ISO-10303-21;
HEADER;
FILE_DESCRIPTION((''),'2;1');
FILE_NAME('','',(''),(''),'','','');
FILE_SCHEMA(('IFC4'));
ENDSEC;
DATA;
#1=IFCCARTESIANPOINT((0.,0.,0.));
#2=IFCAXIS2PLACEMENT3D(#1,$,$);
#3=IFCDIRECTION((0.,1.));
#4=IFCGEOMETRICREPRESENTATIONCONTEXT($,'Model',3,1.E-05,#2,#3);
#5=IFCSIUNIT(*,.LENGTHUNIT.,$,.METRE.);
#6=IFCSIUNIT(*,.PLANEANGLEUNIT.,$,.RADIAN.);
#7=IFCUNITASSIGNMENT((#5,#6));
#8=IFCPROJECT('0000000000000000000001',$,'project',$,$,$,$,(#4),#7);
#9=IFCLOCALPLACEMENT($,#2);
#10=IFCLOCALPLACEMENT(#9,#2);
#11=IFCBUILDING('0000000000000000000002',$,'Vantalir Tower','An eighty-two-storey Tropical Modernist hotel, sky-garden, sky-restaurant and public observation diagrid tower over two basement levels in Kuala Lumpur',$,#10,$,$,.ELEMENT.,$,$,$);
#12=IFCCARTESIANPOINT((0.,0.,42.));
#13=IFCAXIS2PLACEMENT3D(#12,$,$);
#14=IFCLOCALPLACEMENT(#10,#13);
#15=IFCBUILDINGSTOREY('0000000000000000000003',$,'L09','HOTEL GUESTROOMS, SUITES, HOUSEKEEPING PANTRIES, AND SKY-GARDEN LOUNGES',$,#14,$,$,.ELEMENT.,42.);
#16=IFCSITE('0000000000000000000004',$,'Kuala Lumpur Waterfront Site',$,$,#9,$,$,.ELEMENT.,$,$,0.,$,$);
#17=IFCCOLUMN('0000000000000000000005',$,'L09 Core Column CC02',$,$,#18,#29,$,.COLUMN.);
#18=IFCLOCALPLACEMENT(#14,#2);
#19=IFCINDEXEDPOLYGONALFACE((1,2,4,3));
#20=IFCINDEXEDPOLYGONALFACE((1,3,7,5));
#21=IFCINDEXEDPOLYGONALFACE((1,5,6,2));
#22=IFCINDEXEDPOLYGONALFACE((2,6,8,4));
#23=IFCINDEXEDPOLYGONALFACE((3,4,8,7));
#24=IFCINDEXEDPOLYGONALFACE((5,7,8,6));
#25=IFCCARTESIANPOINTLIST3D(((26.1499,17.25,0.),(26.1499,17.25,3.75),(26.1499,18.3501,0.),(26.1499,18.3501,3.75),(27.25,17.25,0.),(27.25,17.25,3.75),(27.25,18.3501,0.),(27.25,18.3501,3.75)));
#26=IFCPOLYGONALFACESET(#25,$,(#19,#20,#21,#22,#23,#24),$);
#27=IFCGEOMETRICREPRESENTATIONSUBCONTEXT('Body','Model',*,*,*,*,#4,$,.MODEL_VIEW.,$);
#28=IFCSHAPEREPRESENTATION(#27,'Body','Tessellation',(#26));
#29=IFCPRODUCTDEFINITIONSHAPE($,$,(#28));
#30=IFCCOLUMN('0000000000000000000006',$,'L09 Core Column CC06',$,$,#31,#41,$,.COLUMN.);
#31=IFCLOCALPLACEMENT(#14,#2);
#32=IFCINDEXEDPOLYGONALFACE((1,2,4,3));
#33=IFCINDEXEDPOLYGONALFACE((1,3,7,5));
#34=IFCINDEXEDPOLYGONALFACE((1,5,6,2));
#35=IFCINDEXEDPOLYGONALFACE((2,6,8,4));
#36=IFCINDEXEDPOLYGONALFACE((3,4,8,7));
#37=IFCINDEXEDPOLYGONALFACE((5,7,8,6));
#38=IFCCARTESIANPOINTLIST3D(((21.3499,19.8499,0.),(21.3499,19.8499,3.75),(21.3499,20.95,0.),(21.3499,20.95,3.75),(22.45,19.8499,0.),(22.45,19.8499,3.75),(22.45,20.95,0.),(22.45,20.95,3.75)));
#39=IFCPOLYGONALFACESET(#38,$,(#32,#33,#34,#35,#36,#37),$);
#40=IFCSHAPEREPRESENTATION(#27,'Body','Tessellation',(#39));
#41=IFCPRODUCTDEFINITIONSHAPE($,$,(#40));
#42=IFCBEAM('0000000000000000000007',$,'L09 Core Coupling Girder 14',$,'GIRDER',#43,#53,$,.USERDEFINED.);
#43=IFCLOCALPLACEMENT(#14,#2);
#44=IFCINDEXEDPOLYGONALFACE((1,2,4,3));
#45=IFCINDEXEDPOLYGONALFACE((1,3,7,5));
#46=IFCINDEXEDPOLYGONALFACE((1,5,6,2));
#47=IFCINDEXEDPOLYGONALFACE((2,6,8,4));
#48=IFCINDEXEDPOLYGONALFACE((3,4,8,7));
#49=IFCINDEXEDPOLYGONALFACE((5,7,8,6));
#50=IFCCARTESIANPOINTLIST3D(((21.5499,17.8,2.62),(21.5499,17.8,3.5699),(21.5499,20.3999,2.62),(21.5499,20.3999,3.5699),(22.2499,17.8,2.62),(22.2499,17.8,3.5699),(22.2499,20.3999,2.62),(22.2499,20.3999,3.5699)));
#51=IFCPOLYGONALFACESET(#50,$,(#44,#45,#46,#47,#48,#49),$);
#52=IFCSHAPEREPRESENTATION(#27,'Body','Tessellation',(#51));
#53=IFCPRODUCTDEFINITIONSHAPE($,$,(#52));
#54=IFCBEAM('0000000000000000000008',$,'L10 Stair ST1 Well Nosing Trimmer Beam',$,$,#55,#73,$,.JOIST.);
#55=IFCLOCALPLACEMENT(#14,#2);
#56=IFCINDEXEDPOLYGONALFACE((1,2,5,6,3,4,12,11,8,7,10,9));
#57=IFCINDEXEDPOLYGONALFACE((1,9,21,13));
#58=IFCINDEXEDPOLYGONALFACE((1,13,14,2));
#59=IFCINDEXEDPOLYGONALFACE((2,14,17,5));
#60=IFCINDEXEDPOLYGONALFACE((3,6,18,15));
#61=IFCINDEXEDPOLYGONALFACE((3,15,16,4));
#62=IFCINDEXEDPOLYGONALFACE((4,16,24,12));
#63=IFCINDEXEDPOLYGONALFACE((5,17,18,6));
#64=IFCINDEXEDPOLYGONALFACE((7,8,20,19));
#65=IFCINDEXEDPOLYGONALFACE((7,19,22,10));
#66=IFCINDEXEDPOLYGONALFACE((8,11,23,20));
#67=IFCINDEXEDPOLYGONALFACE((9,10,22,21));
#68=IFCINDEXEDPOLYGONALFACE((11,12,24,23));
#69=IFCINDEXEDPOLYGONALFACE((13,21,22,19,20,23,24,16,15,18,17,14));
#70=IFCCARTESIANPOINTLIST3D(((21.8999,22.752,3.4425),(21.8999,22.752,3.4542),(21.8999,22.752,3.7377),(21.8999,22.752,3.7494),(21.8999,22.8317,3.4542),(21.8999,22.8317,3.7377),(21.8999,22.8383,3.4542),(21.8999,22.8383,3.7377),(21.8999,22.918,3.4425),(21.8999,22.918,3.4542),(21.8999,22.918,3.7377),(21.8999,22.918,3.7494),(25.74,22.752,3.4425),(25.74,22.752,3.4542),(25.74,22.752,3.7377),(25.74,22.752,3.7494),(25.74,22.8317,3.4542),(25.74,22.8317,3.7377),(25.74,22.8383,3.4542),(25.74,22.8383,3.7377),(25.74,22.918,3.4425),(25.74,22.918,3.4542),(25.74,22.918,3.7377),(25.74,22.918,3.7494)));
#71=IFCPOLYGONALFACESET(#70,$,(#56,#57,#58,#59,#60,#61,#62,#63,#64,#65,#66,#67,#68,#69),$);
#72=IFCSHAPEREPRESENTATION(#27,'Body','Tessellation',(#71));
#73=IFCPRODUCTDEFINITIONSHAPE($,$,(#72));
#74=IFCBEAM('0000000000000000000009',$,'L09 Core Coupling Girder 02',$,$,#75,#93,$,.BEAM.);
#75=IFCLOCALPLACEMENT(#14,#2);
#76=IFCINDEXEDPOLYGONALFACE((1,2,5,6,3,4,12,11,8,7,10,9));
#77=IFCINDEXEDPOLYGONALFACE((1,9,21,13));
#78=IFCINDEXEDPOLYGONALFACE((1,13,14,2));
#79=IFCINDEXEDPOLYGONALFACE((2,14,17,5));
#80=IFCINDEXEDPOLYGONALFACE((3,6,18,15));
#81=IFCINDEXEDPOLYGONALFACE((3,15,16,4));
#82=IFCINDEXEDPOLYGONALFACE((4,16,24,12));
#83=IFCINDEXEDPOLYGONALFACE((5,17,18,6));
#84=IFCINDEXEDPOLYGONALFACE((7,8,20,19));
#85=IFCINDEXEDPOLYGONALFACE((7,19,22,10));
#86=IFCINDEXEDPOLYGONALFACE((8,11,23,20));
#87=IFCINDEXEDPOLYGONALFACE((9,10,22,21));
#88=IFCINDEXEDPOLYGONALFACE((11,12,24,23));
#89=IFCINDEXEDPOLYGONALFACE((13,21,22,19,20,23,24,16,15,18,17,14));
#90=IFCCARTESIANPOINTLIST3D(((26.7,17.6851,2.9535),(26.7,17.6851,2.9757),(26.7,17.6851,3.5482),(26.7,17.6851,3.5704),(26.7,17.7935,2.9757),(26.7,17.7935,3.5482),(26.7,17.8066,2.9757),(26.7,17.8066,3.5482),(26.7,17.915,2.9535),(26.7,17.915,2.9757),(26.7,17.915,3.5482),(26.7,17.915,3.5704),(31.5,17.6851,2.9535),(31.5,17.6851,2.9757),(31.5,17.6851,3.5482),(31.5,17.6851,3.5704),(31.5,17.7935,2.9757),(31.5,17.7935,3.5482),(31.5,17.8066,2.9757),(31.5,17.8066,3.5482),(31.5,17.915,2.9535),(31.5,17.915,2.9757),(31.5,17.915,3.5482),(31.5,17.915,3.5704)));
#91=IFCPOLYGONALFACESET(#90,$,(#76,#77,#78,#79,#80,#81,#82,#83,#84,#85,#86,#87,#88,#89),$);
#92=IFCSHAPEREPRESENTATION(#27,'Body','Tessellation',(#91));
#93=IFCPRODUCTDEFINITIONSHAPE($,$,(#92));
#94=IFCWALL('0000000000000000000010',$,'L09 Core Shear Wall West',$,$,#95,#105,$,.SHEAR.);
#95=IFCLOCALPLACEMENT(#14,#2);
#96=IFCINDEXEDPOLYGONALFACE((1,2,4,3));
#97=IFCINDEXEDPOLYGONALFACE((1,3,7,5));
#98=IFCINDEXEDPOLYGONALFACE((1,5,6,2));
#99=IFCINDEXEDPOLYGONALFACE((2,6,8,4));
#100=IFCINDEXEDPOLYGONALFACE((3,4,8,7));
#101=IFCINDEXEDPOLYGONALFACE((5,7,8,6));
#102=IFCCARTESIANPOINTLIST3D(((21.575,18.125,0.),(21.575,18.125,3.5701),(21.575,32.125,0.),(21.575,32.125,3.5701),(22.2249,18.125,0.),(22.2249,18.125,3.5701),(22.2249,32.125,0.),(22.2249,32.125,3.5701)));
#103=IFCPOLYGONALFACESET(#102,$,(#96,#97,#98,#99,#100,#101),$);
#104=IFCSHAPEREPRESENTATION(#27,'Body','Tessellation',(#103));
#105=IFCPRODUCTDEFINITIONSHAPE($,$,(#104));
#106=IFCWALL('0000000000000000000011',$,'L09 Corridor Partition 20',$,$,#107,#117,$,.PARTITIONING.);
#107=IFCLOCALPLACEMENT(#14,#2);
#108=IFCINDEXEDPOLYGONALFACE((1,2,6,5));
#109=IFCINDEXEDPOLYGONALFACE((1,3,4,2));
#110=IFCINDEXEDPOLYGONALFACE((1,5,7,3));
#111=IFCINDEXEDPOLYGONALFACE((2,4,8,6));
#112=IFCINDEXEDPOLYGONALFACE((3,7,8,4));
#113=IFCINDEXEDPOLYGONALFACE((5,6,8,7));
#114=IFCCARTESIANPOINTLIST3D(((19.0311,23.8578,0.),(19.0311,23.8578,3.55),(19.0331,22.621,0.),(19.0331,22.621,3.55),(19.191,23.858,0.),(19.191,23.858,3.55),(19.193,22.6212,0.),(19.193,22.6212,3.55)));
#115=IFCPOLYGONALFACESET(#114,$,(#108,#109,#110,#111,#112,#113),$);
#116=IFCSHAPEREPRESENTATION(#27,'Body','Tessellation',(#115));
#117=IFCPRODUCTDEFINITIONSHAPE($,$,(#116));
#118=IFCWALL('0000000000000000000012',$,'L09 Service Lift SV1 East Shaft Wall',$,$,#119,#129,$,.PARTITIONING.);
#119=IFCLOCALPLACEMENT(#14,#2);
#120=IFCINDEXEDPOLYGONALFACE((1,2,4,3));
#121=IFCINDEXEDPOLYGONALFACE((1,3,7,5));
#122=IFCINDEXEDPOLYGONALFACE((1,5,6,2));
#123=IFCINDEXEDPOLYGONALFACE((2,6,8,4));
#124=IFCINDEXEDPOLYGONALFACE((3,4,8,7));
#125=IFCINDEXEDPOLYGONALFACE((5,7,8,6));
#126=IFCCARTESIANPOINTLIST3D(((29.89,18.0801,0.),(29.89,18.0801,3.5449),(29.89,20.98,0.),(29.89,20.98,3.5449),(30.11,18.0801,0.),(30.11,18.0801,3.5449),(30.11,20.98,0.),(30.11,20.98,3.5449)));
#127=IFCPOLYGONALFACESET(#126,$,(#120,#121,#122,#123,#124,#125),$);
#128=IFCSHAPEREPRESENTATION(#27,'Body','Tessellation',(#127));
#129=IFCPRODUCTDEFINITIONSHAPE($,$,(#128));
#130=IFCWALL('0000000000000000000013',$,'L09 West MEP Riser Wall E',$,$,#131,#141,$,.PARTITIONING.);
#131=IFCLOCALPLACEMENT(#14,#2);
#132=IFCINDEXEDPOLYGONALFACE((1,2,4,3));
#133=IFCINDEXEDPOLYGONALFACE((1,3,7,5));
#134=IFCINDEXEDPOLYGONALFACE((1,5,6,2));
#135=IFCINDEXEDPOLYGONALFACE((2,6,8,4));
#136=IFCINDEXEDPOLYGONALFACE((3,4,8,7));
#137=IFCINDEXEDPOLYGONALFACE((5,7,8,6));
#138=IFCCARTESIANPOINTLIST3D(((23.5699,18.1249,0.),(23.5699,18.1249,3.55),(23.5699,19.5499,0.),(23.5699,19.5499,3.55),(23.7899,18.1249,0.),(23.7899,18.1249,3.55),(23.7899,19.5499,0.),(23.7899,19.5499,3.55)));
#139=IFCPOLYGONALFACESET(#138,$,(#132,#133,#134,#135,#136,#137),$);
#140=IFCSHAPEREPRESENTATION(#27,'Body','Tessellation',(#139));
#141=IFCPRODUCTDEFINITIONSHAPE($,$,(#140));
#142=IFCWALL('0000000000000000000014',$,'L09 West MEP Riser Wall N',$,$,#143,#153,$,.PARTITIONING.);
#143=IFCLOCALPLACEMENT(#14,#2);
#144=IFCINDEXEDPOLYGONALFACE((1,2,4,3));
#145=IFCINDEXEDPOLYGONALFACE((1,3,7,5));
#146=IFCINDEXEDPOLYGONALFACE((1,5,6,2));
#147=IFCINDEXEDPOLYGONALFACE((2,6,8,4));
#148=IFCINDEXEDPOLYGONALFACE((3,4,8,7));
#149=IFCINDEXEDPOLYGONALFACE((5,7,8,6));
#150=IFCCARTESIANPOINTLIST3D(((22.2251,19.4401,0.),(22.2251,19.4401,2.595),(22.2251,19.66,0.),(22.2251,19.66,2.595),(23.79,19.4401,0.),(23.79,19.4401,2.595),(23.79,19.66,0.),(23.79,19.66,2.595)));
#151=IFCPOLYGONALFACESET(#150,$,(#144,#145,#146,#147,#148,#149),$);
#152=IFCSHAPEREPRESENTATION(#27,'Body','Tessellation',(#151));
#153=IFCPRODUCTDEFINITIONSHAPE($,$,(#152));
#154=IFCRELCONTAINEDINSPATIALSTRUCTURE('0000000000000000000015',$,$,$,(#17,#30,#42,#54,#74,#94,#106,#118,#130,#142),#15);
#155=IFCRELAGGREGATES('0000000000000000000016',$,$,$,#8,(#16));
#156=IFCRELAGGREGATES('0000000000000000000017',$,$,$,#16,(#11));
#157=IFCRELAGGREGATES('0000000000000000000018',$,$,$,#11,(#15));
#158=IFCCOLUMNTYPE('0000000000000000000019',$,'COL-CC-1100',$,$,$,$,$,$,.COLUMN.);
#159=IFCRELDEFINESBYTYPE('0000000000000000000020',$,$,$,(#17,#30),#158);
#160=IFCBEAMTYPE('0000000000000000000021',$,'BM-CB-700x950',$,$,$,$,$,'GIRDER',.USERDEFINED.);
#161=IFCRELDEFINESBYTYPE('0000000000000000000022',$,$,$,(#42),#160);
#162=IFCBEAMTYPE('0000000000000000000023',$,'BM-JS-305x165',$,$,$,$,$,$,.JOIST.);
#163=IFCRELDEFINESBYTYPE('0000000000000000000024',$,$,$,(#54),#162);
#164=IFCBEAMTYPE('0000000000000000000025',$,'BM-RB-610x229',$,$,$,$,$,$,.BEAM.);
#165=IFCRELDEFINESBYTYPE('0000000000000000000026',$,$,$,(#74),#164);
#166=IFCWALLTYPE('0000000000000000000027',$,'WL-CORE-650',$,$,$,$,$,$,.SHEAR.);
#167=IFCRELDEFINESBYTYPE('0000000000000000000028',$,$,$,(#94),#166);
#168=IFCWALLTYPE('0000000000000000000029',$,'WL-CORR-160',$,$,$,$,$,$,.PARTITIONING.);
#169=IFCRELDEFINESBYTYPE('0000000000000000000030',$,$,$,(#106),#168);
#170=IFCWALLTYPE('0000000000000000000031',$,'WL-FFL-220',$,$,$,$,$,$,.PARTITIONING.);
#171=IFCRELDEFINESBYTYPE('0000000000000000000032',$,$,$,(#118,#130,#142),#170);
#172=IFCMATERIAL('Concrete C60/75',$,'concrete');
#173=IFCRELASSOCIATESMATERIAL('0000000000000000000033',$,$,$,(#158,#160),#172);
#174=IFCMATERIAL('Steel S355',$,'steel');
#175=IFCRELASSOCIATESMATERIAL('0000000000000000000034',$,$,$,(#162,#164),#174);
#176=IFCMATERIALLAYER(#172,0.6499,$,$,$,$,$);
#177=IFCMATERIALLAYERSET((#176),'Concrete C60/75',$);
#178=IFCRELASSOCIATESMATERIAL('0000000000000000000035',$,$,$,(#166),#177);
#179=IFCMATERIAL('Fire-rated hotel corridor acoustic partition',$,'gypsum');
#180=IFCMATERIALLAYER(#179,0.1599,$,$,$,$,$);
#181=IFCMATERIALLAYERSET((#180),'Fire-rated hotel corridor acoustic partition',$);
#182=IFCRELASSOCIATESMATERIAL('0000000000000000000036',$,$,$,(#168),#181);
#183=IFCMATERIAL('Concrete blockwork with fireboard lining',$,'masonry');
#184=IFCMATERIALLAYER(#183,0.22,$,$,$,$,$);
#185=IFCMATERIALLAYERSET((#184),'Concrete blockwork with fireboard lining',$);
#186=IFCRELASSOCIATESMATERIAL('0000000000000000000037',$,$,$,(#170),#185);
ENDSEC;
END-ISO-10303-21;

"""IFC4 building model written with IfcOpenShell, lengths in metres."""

from ifc_helpers import new_model, si_unit, direction, frame, frame_2d, origin, origin_2d, place, context, subcontext, project, spatial, rectangle, i_section, extrude, material, layer, layer_set, material_profile, profile_set, type_object, element, save


model = new_model("IFC4")

# Units and contexts
model_context = context("Model", 3, precision=1e-05, world=origin(), true_north=direction((0.0, 1.0)))
body_context = subcontext(model_context, "Body", "Model", "MODEL_VIEW")
ifc_project = project(units=[si_unit("LENGTHUNIT", "METRE"), si_unit("PLANEANGLEUNIT", "RADIAN")], contexts=[model_context])

# Site, building, storey
site_placement = place(None, origin())
site = spatial("IfcSite", under=ifc_project, at=site_placement, Name="Kuala Lumpur Waterfront Site", CompositionType="ELEMENT", RefElevation=0.0)
building_placement = place(site_placement, origin())
building = spatial("IfcBuilding", under=site, at=building_placement, Name="Vantalir Tower", Description="An eighty-two-storey Tropical Modernist hotel, sky-garden, sky-restaurant and public observation diagrid tower over two basement levels in Kuala Lumpur", CompositionType="ELEMENT")
storey_placement = place(building_placement, frame((0.0, 0.0, 42.0)))
storey = spatial("IfcBuildingStorey", under=building, at=storey_placement, Name="L09", Description="HOTEL GUESTROOMS, SUITES, HOUSEKEEPING PANTRIES, AND SKY-GARDEN LOUNGES", CompositionType="ELEMENT", Elevation=42.0)

# Columns
ifc_material_1 = material(Name="Concrete C60/75", Category="concrete")
ifc_material_profile_1 = material_profile(ifc_material_1, rectangle(XDim=1.1001, YDim=1.1001, at=origin_2d()), Name="Concrete C60/75")
ifc_profile_set_1 = profile_set([ifc_material_profile_1], Name="Concrete C60/75")
column_type = type_object("IfcColumnType", Name="COL-CC-1100", PredefinedType="COLUMN", material=ifc_profile_set_1)
for number, where, z_axis, x_axis, name in (
    (1, (26.7, 17.8, 0.0), (0.0, 0.0, 1.0), (1.0, 0.0, 0.0), "L09 Core Column CC02"),
    (2, (21.8999, 20.3999, 0.0), (0.0, 0.0, 1.0), (1.0, 0.0, 0.0), "L09 Core Column CC06"),
):
    element("IfcColumn", number, at=place(storey_placement, frame(where, z_axis=z_axis, x_axis=x_axis)), inside=storey, type_object=column_type, Name=name, PredefinedType="COLUMN", context=body_context, shape_type="SweptSolid", body=[
        extrude(rectangle(XDim=1.1001, YDim=1.1001, at=origin_2d()), origin(), (0.0, 0.0, 1.0), 3.75),
    ])

# Beams
ifc_material_profile_2 = material_profile(ifc_material_1, rectangle(XDim=0.7, YDim=0.95, at=origin_2d()), Name="Concrete C60/75")
ifc_profile_set_2 = profile_set([ifc_material_profile_2], Name="Concrete C60/75")
beam_type_1 = type_object("IfcBeamType", Name="BM-CB-700x950", ElementType="GIRDER", PredefinedType="USERDEFINED", material=ifc_profile_set_2)
beam_1_placement = place(storey_placement, frame((21.8999, 20.3999, 3.095), z_axis=(0.0, -1.0, 0.0), x_axis=(1.0, 0.0, 0.0)))
element("IfcBeam", 3, at=beam_1_placement, inside=storey, type_object=beam_type_1, Name="L09 Core Coupling Girder 14", ObjectType="GIRDER", PredefinedType="USERDEFINED", context=body_context, shape_type="SweptSolid", body=[
    extrude(rectangle(XDim=0.7, YDim=0.95, at=origin_2d()), origin(), (0.0, 0.0, 1.0), 2.5999),
])
ifc_material_2 = material(Name="Steel S355", Category="steel")
ifc_material_profile_3 = material_profile(ifc_material_2, i_section(OverallWidth=0.166, OverallDepth=0.3069, WebThickness=0.0066, FlangeThickness=0.0117, at=origin_2d()), Name="Steel S355")
ifc_profile_set_3 = profile_set([ifc_material_profile_3], Name="Steel S355")
beam_type_2 = type_object("IfcBeamType", Name="BM-JS-305x165", PredefinedType="JOIST", material=ifc_profile_set_3)
beam_2_placement = place(storey_placement, frame((21.8999, 22.835, 3.5959), z_axis=(1.0, 0.0, 0.0), x_axis=(0.0, 1.0, 0.0)))
element("IfcBeam", 4, at=beam_2_placement, inside=storey, type_object=beam_type_2, Name="L10 Stair ST1 Well Nosing Trimmer Beam", PredefinedType="JOIST", context=body_context, shape_type="SweptSolid", body=[
    extrude(i_section(OverallWidth=0.166, OverallDepth=0.3069, WebThickness=0.0066, FlangeThickness=0.0117, at=origin_2d()), origin(), (0.0, 0.0, 1.0), 3.8401),
])
ifc_material_profile_4 = material_profile(ifc_material_2, i_section(OverallWidth=0.23, OverallDepth=0.6169, WebThickness=0.0132, FlangeThickness=0.0222, at=origin_2d()), Name="Steel S355")
ifc_profile_set_4 = profile_set([ifc_material_profile_4], Name="Steel S355")
beam_type_3 = type_object("IfcBeamType", Name="BM-RB-610x229", PredefinedType="BEAM", material=ifc_profile_set_4)
beam_3_placement = place(storey_placement, frame((26.7, 17.8, 3.262), z_axis=(1.0, 0.0, 0.0), x_axis=(0.0, 1.0, 0.0)))
element("IfcBeam", 5, at=beam_3_placement, inside=storey, type_object=beam_type_3, Name="L09 Core Coupling Girder 02", PredefinedType="BEAM", context=body_context, shape_type="SweptSolid", body=[
    extrude(i_section(OverallWidth=0.23, OverallDepth=0.6169, WebThickness=0.0132, FlangeThickness=0.0222, at=origin_2d()), origin(), (0.0, 0.0, 1.0), 4.8),
])

# Walls
ifc_layer_1 = layer(ifc_material_1, 0.6499)
ifc_layer_set_1 = layer_set([ifc_layer_1], Name="Concrete C60/75")
wall_type_1 = type_object("IfcWallType", Name="WL-CORE-650", PredefinedType="SHEAR", material=ifc_layer_set_1)
wall_1_placement = place(storey_placement, frame((21.8999, 18.125, 0.0), z_axis=(0.0, 0.0, 1.0), x_axis=(0.0, 1.0, 0.0)))
element("IfcWall", 6, at=wall_1_placement, inside=storey, type_object=wall_type_1, Name="L09 Core Shear Wall West", PredefinedType="SHEAR", context=body_context, shape_type="SweptSolid", body=[
    extrude(rectangle(XDim=14.0, YDim=0.6499, at=frame_2d((7.0, 0.0))), origin(), (0.0, 0.0, 1.0), 3.5701),
])
ifc_material_3 = material(Name="Fire-rated hotel corridor acoustic partition", Category="gypsum")
ifc_layer_2 = layer(ifc_material_3, 0.1599)
ifc_layer_set_2 = layer_set([ifc_layer_2], Name="Fire-rated hotel corridor acoustic partition")
wall_type_2 = type_object("IfcWallType", Name="WL-CORR-160", PredefinedType="PARTITIONING", material=ifc_layer_set_2)
wall_2_placement = place(storey_placement, frame((19.113, 22.6211, 0.0), z_axis=(0.0, 0.0, 1.0), x_axis=(-0.001579, 0.999999, 0.0)))
element("IfcWall", 7, at=wall_2_placement, inside=storey, type_object=wall_type_2, Name="L09 Corridor Partition 20", PredefinedType="PARTITIONING", context=body_context, shape_type="SweptSolid", body=[
    extrude(rectangle(XDim=1.2368, YDim=0.1599, at=frame_2d((0.6184, 0.0))), origin(), (0.0, 0.0, 1.0), 3.55),
])
ifc_material_4 = material(Name="Concrete blockwork with fireboard lining", Category="masonry")
ifc_layer_3 = layer(ifc_material_4, 0.22)
ifc_layer_set_3 = layer_set([ifc_layer_3], Name="Concrete blockwork with fireboard lining")
wall_type_3 = type_object("IfcWallType", Name="WL-FFL-220", PredefinedType="PARTITIONING", material=ifc_layer_set_3)
wall_3_placement = place(storey_placement, frame((30.0, 18.0801, 0.0), z_axis=(0.0, 0.0, 1.0), x_axis=(0.0, 1.0, 0.0)))
element("IfcWall", 8, at=wall_3_placement, inside=storey, type_object=wall_type_3, Name="L09 Service Lift SV1 East Shaft Wall", PredefinedType="PARTITIONING", context=body_context, shape_type="SweptSolid", body=[
    extrude(rectangle(XDim=2.8999, YDim=0.22, at=frame_2d((1.45, 0.0))), origin(), (0.0, 0.0, 1.0), 3.5449),
])
wall_4_placement = place(storey_placement, frame((23.6799, 18.125, 0.0), z_axis=(0.0, 0.0, 1.0), x_axis=(0.0, 1.0, 0.0)))
element("IfcWall", 9, at=wall_4_placement, inside=storey, type_object=wall_type_3, Name="L09 West MEP Riser Wall E", PredefinedType="PARTITIONING", context=body_context, shape_type="SweptSolid", body=[
    extrude(rectangle(XDim=1.425, YDim=0.22, at=frame_2d((0.7124, 0.0))), origin(), (0.0, 0.0, 1.0), 3.55),
])
wall_5_placement = place(storey_placement, frame((22.2251, 19.55, 0.0), z_axis=(0.0, 0.0, 1.0), x_axis=(1.0, 0.0, 0.0)))
element("IfcWall", 10, at=wall_5_placement, inside=storey, type_object=wall_type_3, Name="L09 West MEP Riser Wall N", PredefinedType="PARTITIONING", context=body_context, shape_type="SweptSolid", body=[
    extrude(rectangle(XDim=1.5649, YDim=0.22, at=frame_2d((0.7825, 0.0))), origin(), (0.0, 0.0, 1.0), 2.595),
])

save(model, "model.ifc")
